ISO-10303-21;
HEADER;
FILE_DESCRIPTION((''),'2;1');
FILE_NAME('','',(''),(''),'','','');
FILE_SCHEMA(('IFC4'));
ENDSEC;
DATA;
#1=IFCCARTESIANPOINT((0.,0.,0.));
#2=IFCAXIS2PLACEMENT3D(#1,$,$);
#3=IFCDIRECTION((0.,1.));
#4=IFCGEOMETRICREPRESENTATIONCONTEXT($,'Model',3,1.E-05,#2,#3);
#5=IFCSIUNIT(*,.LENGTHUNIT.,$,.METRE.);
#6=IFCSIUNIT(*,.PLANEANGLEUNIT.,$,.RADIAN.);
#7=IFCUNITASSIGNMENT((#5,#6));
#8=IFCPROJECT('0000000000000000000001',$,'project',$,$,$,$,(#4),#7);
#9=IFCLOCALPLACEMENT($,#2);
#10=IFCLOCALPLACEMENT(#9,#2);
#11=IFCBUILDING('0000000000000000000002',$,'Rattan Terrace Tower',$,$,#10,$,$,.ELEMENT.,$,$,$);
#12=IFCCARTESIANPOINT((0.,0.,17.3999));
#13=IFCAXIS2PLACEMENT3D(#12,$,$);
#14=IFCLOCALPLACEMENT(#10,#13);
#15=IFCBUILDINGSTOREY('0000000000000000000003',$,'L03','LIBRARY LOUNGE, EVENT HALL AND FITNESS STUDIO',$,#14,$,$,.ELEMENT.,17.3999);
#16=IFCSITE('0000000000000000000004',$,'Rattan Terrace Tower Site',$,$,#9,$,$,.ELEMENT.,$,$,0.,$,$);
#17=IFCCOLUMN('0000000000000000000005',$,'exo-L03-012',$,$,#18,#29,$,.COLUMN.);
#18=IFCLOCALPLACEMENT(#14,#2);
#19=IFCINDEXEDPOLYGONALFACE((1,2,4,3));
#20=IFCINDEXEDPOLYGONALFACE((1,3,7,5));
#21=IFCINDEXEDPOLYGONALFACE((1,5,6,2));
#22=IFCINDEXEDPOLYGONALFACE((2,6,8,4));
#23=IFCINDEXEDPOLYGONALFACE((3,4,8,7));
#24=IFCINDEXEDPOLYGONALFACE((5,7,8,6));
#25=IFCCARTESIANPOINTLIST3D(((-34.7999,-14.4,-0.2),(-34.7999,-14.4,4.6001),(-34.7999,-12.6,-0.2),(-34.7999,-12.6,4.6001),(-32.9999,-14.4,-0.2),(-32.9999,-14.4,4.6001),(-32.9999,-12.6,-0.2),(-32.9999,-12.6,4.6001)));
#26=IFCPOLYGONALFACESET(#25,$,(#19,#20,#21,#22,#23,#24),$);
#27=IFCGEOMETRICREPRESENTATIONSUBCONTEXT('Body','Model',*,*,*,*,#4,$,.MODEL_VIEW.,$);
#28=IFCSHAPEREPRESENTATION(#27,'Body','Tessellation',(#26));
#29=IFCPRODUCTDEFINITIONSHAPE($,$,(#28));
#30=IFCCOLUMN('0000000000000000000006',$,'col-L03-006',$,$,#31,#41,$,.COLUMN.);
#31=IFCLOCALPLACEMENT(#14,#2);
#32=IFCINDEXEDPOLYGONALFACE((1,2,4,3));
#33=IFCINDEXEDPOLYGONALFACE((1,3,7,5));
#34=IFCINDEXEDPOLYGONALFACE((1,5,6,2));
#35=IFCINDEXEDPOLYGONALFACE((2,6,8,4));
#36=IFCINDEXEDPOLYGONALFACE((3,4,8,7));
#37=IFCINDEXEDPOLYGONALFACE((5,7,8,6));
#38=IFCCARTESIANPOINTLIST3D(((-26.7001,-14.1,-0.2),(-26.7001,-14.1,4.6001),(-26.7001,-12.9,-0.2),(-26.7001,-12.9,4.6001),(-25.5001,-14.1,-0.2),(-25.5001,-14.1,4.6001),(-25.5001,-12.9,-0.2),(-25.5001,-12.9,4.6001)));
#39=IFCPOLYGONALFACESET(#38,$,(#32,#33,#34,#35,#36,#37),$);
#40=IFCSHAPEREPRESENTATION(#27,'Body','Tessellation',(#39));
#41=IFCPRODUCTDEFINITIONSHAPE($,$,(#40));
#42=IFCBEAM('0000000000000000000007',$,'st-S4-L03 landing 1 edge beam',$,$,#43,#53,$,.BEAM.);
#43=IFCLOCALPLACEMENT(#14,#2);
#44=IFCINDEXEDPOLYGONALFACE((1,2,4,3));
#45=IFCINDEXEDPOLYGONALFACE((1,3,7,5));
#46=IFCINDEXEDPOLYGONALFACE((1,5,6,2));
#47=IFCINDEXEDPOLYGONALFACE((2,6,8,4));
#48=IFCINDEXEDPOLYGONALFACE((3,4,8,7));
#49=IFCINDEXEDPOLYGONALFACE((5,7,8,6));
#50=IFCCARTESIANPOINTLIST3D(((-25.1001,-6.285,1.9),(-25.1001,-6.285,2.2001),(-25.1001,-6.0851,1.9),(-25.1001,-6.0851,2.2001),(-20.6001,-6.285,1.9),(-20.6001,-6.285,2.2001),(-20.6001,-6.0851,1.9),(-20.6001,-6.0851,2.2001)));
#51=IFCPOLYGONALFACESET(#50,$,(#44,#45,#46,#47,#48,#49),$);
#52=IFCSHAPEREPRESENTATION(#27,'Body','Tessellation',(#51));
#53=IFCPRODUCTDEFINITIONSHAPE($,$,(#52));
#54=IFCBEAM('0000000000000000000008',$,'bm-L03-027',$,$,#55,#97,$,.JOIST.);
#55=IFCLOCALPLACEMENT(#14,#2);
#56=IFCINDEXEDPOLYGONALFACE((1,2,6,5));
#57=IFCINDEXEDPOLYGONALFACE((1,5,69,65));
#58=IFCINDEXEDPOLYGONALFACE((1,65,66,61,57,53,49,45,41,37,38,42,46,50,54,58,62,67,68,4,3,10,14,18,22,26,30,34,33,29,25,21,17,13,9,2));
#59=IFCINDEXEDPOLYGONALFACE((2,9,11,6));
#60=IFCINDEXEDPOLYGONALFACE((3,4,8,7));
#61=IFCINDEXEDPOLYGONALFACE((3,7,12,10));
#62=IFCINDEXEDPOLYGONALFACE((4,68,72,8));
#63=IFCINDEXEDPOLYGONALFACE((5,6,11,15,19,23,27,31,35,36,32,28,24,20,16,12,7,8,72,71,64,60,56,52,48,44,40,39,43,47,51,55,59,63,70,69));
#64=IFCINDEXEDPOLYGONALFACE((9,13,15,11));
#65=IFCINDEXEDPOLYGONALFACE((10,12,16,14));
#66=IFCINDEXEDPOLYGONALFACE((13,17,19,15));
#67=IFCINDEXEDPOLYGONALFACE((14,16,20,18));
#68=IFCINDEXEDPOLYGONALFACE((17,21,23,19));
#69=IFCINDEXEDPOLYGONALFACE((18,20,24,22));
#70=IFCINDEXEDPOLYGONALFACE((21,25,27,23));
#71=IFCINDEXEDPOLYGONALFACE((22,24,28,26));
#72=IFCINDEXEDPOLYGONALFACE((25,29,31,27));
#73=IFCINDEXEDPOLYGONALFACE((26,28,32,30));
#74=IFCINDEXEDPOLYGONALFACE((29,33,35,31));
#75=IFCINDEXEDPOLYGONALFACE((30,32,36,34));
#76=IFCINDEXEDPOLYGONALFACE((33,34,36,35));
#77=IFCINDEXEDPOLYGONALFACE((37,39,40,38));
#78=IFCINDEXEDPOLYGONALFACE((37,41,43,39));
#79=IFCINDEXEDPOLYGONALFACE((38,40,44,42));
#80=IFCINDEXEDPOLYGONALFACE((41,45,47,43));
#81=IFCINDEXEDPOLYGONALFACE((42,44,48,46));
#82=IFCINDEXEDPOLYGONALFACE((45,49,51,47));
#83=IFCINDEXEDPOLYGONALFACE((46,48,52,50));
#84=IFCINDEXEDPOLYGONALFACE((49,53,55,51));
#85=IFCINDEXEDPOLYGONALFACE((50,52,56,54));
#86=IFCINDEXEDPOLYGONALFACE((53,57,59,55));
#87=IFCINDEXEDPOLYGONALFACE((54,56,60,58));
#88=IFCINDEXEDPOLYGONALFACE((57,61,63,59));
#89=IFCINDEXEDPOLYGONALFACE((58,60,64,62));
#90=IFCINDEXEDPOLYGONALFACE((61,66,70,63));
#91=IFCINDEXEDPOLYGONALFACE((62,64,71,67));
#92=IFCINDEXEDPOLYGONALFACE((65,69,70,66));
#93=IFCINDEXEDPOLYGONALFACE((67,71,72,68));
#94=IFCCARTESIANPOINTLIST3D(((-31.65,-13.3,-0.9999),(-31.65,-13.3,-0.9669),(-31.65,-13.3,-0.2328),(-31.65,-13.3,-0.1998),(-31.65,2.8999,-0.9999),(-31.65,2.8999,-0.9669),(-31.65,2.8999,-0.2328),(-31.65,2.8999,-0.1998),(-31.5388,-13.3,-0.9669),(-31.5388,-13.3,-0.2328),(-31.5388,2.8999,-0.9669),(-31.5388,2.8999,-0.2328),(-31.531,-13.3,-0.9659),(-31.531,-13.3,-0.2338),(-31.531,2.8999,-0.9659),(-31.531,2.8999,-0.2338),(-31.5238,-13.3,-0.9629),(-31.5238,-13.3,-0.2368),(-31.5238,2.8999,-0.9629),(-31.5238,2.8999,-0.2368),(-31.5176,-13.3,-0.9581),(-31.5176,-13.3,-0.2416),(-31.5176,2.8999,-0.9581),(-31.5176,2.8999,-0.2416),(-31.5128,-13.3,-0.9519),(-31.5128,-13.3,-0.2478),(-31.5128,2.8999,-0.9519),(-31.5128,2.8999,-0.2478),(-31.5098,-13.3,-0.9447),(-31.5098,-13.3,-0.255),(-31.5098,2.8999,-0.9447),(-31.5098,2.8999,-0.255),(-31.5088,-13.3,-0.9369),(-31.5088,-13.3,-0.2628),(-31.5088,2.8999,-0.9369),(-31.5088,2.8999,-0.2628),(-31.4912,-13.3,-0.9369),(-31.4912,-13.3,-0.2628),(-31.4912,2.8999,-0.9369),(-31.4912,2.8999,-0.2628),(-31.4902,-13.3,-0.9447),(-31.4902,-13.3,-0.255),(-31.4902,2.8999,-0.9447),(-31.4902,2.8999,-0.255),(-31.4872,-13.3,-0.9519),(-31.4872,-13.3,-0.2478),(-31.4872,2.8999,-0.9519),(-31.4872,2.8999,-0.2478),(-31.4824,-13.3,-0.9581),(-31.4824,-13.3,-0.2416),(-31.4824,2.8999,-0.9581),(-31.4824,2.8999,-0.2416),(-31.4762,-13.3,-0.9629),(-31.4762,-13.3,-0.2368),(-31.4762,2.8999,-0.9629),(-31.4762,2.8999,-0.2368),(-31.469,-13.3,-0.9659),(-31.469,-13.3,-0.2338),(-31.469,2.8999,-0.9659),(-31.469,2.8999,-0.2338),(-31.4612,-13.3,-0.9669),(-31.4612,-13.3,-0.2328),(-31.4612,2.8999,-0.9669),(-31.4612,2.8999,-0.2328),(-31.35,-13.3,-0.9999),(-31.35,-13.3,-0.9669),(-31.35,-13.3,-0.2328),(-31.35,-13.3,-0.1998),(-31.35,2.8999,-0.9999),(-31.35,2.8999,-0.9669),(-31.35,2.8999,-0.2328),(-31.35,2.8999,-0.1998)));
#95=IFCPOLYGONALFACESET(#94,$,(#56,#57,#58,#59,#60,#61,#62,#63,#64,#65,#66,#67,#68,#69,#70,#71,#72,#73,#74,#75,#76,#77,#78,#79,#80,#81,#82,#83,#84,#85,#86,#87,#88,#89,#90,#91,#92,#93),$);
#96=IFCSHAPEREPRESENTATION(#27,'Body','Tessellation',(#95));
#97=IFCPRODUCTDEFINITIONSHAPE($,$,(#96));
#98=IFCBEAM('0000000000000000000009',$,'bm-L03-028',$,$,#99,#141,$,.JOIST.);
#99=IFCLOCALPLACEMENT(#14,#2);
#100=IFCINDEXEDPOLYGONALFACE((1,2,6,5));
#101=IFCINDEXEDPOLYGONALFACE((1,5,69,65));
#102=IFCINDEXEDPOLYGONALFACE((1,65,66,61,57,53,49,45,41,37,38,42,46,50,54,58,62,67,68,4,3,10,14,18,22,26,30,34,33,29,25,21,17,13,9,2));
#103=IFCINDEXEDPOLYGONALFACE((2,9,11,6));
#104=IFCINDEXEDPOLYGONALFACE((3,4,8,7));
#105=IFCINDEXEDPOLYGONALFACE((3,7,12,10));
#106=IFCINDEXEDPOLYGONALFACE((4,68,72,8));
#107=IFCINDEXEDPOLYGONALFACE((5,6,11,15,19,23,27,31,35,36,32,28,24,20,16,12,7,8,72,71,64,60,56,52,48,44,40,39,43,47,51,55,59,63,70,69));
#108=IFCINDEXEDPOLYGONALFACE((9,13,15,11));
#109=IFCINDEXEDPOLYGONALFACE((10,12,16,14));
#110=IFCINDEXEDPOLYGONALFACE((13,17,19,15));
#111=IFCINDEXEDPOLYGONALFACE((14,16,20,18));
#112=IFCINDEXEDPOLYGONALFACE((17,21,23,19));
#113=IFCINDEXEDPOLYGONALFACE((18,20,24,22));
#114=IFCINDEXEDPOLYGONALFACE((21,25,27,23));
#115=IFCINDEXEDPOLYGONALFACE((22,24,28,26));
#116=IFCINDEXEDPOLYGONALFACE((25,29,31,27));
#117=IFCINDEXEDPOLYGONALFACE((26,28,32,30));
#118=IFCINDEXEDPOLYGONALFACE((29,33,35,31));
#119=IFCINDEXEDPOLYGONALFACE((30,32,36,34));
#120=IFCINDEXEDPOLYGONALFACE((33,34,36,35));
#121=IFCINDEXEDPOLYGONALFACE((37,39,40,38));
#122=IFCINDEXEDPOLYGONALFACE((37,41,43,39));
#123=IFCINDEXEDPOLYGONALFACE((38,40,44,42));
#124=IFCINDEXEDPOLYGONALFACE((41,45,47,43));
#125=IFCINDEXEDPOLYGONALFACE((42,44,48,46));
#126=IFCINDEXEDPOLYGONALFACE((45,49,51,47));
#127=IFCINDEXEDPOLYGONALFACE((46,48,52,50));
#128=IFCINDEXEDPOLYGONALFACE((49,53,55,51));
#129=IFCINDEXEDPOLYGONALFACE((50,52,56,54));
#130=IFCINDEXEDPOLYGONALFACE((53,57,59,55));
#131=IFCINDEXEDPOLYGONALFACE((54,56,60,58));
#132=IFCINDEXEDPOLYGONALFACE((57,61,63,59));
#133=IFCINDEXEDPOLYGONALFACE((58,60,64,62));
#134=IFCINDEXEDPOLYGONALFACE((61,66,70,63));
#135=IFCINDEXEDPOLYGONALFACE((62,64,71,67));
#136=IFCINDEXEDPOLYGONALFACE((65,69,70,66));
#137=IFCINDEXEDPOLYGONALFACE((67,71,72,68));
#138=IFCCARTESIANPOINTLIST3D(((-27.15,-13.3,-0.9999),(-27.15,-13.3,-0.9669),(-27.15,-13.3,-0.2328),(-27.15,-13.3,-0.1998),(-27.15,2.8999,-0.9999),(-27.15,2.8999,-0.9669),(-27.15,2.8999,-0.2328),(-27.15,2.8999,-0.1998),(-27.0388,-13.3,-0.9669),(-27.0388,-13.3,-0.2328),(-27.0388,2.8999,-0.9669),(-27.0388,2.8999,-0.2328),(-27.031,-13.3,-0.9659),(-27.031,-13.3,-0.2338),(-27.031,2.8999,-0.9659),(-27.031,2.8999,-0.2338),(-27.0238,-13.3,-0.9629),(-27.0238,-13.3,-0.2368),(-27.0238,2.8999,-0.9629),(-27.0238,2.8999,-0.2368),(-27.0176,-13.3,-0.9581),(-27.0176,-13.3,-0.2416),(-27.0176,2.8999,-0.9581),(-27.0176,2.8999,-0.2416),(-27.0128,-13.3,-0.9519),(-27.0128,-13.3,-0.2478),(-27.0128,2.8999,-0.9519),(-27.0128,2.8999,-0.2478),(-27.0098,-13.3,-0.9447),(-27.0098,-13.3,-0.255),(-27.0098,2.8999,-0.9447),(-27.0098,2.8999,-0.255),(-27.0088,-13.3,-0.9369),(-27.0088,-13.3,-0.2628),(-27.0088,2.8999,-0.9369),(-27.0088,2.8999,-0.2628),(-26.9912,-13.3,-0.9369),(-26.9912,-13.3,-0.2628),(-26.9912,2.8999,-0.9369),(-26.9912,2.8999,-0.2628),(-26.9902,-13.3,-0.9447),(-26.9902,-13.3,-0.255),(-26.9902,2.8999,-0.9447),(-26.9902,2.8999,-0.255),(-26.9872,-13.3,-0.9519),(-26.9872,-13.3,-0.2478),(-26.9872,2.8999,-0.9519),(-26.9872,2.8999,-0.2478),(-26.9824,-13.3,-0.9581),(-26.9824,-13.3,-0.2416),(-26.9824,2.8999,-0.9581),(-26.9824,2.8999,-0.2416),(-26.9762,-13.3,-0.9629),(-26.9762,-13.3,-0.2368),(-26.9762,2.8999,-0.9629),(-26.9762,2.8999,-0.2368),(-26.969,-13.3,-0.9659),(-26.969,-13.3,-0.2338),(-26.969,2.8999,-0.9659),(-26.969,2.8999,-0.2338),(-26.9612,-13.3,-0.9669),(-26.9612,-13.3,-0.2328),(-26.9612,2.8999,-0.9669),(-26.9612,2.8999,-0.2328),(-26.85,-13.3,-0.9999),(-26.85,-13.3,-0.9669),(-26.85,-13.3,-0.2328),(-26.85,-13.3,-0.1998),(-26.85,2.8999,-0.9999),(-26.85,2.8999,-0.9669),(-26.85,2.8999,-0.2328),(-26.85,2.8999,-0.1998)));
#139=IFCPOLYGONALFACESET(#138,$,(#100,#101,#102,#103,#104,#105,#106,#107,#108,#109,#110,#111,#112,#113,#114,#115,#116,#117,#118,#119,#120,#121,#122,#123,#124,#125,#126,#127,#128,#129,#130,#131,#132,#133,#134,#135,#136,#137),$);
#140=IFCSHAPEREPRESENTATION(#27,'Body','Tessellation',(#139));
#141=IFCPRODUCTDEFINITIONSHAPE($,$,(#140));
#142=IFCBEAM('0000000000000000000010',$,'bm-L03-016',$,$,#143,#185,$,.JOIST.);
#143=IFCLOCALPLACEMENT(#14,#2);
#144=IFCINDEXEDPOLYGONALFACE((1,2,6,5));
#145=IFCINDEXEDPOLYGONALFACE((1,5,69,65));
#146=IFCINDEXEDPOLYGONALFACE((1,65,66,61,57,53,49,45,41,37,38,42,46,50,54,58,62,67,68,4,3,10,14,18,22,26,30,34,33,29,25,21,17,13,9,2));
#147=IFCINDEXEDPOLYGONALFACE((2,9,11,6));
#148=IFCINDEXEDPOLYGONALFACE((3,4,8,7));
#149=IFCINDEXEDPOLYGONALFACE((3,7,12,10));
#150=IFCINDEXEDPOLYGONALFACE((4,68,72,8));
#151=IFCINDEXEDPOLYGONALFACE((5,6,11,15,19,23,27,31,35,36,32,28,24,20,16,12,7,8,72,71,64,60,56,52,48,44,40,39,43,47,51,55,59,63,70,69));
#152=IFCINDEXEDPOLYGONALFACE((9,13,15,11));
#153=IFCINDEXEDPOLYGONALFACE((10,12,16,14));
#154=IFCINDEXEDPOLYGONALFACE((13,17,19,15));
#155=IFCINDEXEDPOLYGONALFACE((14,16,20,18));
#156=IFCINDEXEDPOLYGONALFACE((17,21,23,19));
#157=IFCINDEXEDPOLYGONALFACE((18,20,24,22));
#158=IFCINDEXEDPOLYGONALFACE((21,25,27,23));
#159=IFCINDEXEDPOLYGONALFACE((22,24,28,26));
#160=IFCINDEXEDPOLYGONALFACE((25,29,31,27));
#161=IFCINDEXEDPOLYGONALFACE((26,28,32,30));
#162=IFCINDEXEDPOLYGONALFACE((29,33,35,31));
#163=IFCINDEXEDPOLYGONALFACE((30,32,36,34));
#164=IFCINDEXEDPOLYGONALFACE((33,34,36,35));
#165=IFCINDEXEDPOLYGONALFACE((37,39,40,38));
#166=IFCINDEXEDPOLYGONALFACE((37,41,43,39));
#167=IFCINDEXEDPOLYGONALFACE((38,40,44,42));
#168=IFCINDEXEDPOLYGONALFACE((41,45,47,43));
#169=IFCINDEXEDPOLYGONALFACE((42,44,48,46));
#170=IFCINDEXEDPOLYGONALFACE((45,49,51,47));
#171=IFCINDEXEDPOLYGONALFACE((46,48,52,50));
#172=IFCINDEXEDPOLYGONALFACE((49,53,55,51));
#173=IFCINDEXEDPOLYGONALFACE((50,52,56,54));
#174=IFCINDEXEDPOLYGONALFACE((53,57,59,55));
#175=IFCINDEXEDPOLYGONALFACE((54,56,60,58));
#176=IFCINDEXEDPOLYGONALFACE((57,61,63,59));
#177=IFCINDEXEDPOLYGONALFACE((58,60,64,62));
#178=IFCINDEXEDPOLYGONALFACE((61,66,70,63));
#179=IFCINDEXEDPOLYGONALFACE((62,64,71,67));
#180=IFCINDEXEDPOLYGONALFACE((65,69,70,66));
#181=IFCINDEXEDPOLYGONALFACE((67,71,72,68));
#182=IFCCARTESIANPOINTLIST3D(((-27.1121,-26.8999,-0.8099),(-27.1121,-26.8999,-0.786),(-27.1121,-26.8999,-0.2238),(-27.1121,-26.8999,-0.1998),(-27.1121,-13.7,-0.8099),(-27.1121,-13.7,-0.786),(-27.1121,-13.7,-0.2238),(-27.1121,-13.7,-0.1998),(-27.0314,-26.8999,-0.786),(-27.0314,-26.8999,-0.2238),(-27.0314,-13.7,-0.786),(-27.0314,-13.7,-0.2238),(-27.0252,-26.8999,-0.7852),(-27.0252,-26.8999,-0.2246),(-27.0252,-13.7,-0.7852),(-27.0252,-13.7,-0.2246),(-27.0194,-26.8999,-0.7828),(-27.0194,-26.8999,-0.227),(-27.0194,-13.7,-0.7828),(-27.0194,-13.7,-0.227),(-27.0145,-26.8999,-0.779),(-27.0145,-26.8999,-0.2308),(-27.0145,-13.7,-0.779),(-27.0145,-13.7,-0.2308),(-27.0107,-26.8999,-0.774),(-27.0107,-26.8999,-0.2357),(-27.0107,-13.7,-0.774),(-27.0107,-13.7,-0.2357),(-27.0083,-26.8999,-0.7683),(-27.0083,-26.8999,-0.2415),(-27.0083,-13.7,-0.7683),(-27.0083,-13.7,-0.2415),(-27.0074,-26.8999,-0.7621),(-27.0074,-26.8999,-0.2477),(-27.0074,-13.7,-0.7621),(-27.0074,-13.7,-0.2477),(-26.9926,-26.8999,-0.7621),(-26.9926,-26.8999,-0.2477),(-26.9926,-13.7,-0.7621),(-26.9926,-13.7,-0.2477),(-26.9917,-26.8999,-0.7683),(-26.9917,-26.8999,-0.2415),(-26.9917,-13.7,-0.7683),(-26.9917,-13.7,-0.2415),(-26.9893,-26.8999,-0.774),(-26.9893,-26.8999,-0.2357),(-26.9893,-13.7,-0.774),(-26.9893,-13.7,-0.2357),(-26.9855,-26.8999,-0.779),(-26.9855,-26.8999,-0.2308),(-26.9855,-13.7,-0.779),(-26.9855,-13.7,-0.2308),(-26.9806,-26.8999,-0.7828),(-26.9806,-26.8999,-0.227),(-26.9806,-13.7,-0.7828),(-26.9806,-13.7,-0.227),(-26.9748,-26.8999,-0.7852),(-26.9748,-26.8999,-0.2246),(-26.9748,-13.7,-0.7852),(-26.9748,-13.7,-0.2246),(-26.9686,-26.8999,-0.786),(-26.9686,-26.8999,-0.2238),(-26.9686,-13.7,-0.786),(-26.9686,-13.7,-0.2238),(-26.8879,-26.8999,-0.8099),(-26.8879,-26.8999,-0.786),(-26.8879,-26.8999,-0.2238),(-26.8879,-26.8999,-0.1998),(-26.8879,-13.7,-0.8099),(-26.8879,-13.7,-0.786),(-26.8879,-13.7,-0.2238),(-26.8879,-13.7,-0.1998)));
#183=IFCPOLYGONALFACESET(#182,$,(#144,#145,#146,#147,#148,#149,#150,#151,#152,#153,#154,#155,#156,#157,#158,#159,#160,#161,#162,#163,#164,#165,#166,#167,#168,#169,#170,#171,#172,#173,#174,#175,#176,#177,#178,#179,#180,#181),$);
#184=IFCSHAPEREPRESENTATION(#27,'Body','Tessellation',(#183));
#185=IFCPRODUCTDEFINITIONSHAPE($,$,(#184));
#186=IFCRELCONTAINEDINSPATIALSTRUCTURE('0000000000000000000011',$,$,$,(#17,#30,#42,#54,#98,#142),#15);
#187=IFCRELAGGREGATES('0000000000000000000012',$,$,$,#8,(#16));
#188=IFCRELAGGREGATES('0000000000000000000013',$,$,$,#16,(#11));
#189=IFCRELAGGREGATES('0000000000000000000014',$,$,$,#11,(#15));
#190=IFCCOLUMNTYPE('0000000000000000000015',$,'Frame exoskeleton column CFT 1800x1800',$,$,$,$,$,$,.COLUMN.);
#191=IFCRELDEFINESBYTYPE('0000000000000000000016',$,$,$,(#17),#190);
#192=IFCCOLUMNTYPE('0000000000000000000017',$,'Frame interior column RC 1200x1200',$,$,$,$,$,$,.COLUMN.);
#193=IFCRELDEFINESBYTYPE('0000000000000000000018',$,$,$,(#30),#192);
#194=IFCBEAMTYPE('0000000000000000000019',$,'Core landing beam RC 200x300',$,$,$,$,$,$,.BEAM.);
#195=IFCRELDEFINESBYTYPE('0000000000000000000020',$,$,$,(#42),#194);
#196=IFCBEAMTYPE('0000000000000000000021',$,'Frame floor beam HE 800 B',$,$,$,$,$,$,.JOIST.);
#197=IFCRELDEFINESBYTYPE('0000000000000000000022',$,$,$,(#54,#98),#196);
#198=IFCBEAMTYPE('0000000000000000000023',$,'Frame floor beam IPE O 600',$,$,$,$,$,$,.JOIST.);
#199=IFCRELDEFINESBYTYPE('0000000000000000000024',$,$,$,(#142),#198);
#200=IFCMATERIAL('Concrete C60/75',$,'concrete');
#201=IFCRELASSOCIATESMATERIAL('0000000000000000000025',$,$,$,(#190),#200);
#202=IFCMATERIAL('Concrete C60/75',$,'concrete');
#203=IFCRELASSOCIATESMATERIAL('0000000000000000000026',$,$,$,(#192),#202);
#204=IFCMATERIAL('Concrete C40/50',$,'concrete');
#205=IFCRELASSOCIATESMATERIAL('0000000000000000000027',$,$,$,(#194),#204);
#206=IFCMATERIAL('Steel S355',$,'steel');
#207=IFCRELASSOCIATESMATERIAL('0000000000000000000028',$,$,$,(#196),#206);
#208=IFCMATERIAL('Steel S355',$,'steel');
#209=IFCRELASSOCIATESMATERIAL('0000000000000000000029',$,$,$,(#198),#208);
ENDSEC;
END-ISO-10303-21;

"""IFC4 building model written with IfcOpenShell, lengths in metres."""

from ifc_helpers import new_model, si_unit, direction, frame, origin, origin_2d, place, context, subcontext, project, spatial, rectangle, i_section, extrude, material, material_profile, profile_set, type_object, element, save


model = new_model("IFC4")

# Units and contexts
model_context = context("Model", 3, precision=1e-05, world=origin(), true_north=direction((0.0, 1.0)))
body_context = subcontext(model_context, "Body", "Model", "MODEL_VIEW")
ifc_project = project(units=[si_unit("LENGTHUNIT", "METRE"), si_unit("PLANEANGLEUNIT", "RADIAN")], contexts=[model_context])

# Site, building, storey
site_placement = place(None, origin())
site = spatial("IfcSite", under=ifc_project, at=site_placement, Name="Rattan Terrace Tower Site", CompositionType="ELEMENT", RefElevation=0.0)
building_placement = place(site_placement, origin())
building = spatial("IfcBuilding", under=site, at=building_placement, Name="Rattan Terrace Tower", CompositionType="ELEMENT")
storey_placement = place(building_placement, frame((0.0, 0.0, 17.3999)))
storey = spatial("IfcBuildingStorey", under=building, at=storey_placement, Name="L03", Description="LIBRARY LOUNGE, EVENT HALL AND FITNESS STUDIO", CompositionType="ELEMENT", Elevation=17.3999)

# Columns
ifc_material_1 = material(Name="Concrete C60/75", Category="concrete")
ifc_material_profile_1 = material_profile(ifc_material_1, rectangle(XDim=1.8, YDim=1.8, at=origin_2d()), Name="CFT 1800x1800")
ifc_profile_set_1 = profile_set([ifc_material_profile_1], Name="Concrete C60/75")
column_type_1 = type_object("IfcColumnType", Name="Frame exoskeleton column CFT 1800x1800", PredefinedType="COLUMN", material=ifc_profile_set_1)
column_1_placement = place(storey_placement, frame((-33.8999, -13.5, -0.2), z_axis=(0.0, 0.0, 1.0), x_axis=(0.0, 1.0, 0.0)))
element("IfcColumn", 1, at=column_1_placement, inside=storey, type_object=column_type_1, Name="exo-L03-012", PredefinedType="COLUMN", context=body_context, shape_type="SweptSolid", body=[
    extrude(rectangle(XDim=1.8, YDim=1.8, at=origin_2d()), origin(), (0.0, 0.0, 1.0), 4.8),
])
ifc_material_2 = material(Name="Concrete C60/75", Category="concrete")
ifc_material_profile_2 = material_profile(ifc_material_2, rectangle(XDim=1.2, YDim=1.2, at=origin_2d()), Name="RC 1200x1200")
ifc_profile_set_2 = profile_set([ifc_material_profile_2], Name="Concrete C60/75")
column_type_2 = type_object("IfcColumnType", Name="Frame interior column RC 1200x1200", PredefinedType="COLUMN", material=ifc_profile_set_2)
column_2_placement = place(storey_placement, frame((-26.1001, -13.5, -0.2), z_axis=(0.0, 0.0, 1.0), x_axis=(1.0, 0.0, 0.0)))
element("IfcColumn", 2, at=column_2_placement, inside=storey, type_object=column_type_2, Name="col-L03-006", PredefinedType="COLUMN", context=body_context, shape_type="SweptSolid", body=[
    extrude(rectangle(XDim=1.2, YDim=1.2, at=origin_2d()), origin(), (0.0, 0.0, 1.0), 4.8),
])

# Beams
ifc_material_3 = material(Name="Concrete C40/50", Category="concrete")
ifc_material_profile_3 = material_profile(ifc_material_3, rectangle(XDim=0.2, YDim=0.3, at=origin_2d()), Name="RC 200x300")
ifc_profile_set_3 = profile_set([ifc_material_profile_3], Name="Concrete C40/50")
beam_type_1 = type_object("IfcBeamType", Name="Core landing beam RC 200x300", PredefinedType="BEAM", material=ifc_profile_set_3)
beam_1_placement = place(storey_placement, frame((-25.1001, -6.1851, 2.05), z_axis=(1.0, 0.0, 0.0), x_axis=(0.0, 1.0, 0.0)))
element("IfcBeam", 3, at=beam_1_placement, inside=storey, type_object=beam_type_1, Name="st-S4-L03 landing 1 edge beam", PredefinedType="BEAM", context=body_context, shape_type="SweptSolid", body=[
    extrude(rectangle(XDim=0.2, YDim=0.3, at=origin_2d()), origin(), (0.0, 0.0, 1.0), 4.5),
])
ifc_material_4 = material(Name="Steel S355", Category="steel")
ifc_material_profile_4 = material_profile(ifc_material_4, i_section(OverallWidth=0.3, OverallDepth=0.8, WebThickness=0.0176, FlangeThickness=0.033, FilletRadius=0.03, at=origin_2d()), Name="HE 800 B")
ifc_profile_set_4 = profile_set([ifc_material_profile_4], Name="Steel S355")
beam_type_2 = type_object("IfcBeamType", Name="Frame floor beam HE 800 B", PredefinedType="JOIST", material=ifc_profile_set_4)
for number, where, z_axis, x_axis, name in (
    (4, (-31.5, -13.3, -0.5999), (0.0, 1.0, 0.0), (-1.0, 0.0, 0.0), "bm-L03-027"),
    (5, (-27.0, -13.3, -0.5999), (0.0, 1.0, 0.0), (-1.0, 0.0, 0.0), "bm-L03-028"),
):
    element("IfcBeam", number, at=place(storey_placement, frame(where, z_axis=z_axis, x_axis=x_axis)), inside=storey, type_object=beam_type_2, Name=name, PredefinedType="JOIST", context=body_context, shape_type="SweptSolid", body=[
        extrude(i_section(OverallWidth=0.3, OverallDepth=0.8, WebThickness=0.0176, FlangeThickness=0.033, FilletRadius=0.03, at=origin_2d()), origin(), (0.0, 0.0, 1.0), 16.2),
    ])
ifc_material_5 = material(Name="Steel S355", Category="steel")
ifc_material_profile_5 = material_profile(ifc_material_5, i_section(OverallWidth=0.2241, OverallDepth=0.6101, WebThickness=0.0149, FlangeThickness=0.0239, FilletRadius=0.0239, at=origin_2d()), Name="IPE O 600")
ifc_profile_set_5 = profile_set([ifc_material_profile_5], Name="Steel S355")
beam_type_3 = type_object("IfcBeamType", Name="Frame floor beam IPE O 600", PredefinedType="JOIST", material=ifc_profile_set_5)
beam_2_placement = place(storey_placement, frame((-27.0, -26.8999, -0.5049), z_axis=(0.0, 1.0, 0.0), x_axis=(-1.0, 0.0, 0.0)))
element("IfcBeam", 6, at=beam_2_placement, inside=storey, type_object=beam_type_3, Name="bm-L03-016", PredefinedType="JOIST", context=body_context, shape_type="SweptSolid", body=[
    extrude(i_section(OverallWidth=0.2241, OverallDepth=0.6101, WebThickness=0.0149, FlangeThickness=0.0239, FilletRadius=0.0239, at=origin_2d()), origin(), (0.0, 0.0, 1.0), 13.2),
])

save(model, "model.ifc")
